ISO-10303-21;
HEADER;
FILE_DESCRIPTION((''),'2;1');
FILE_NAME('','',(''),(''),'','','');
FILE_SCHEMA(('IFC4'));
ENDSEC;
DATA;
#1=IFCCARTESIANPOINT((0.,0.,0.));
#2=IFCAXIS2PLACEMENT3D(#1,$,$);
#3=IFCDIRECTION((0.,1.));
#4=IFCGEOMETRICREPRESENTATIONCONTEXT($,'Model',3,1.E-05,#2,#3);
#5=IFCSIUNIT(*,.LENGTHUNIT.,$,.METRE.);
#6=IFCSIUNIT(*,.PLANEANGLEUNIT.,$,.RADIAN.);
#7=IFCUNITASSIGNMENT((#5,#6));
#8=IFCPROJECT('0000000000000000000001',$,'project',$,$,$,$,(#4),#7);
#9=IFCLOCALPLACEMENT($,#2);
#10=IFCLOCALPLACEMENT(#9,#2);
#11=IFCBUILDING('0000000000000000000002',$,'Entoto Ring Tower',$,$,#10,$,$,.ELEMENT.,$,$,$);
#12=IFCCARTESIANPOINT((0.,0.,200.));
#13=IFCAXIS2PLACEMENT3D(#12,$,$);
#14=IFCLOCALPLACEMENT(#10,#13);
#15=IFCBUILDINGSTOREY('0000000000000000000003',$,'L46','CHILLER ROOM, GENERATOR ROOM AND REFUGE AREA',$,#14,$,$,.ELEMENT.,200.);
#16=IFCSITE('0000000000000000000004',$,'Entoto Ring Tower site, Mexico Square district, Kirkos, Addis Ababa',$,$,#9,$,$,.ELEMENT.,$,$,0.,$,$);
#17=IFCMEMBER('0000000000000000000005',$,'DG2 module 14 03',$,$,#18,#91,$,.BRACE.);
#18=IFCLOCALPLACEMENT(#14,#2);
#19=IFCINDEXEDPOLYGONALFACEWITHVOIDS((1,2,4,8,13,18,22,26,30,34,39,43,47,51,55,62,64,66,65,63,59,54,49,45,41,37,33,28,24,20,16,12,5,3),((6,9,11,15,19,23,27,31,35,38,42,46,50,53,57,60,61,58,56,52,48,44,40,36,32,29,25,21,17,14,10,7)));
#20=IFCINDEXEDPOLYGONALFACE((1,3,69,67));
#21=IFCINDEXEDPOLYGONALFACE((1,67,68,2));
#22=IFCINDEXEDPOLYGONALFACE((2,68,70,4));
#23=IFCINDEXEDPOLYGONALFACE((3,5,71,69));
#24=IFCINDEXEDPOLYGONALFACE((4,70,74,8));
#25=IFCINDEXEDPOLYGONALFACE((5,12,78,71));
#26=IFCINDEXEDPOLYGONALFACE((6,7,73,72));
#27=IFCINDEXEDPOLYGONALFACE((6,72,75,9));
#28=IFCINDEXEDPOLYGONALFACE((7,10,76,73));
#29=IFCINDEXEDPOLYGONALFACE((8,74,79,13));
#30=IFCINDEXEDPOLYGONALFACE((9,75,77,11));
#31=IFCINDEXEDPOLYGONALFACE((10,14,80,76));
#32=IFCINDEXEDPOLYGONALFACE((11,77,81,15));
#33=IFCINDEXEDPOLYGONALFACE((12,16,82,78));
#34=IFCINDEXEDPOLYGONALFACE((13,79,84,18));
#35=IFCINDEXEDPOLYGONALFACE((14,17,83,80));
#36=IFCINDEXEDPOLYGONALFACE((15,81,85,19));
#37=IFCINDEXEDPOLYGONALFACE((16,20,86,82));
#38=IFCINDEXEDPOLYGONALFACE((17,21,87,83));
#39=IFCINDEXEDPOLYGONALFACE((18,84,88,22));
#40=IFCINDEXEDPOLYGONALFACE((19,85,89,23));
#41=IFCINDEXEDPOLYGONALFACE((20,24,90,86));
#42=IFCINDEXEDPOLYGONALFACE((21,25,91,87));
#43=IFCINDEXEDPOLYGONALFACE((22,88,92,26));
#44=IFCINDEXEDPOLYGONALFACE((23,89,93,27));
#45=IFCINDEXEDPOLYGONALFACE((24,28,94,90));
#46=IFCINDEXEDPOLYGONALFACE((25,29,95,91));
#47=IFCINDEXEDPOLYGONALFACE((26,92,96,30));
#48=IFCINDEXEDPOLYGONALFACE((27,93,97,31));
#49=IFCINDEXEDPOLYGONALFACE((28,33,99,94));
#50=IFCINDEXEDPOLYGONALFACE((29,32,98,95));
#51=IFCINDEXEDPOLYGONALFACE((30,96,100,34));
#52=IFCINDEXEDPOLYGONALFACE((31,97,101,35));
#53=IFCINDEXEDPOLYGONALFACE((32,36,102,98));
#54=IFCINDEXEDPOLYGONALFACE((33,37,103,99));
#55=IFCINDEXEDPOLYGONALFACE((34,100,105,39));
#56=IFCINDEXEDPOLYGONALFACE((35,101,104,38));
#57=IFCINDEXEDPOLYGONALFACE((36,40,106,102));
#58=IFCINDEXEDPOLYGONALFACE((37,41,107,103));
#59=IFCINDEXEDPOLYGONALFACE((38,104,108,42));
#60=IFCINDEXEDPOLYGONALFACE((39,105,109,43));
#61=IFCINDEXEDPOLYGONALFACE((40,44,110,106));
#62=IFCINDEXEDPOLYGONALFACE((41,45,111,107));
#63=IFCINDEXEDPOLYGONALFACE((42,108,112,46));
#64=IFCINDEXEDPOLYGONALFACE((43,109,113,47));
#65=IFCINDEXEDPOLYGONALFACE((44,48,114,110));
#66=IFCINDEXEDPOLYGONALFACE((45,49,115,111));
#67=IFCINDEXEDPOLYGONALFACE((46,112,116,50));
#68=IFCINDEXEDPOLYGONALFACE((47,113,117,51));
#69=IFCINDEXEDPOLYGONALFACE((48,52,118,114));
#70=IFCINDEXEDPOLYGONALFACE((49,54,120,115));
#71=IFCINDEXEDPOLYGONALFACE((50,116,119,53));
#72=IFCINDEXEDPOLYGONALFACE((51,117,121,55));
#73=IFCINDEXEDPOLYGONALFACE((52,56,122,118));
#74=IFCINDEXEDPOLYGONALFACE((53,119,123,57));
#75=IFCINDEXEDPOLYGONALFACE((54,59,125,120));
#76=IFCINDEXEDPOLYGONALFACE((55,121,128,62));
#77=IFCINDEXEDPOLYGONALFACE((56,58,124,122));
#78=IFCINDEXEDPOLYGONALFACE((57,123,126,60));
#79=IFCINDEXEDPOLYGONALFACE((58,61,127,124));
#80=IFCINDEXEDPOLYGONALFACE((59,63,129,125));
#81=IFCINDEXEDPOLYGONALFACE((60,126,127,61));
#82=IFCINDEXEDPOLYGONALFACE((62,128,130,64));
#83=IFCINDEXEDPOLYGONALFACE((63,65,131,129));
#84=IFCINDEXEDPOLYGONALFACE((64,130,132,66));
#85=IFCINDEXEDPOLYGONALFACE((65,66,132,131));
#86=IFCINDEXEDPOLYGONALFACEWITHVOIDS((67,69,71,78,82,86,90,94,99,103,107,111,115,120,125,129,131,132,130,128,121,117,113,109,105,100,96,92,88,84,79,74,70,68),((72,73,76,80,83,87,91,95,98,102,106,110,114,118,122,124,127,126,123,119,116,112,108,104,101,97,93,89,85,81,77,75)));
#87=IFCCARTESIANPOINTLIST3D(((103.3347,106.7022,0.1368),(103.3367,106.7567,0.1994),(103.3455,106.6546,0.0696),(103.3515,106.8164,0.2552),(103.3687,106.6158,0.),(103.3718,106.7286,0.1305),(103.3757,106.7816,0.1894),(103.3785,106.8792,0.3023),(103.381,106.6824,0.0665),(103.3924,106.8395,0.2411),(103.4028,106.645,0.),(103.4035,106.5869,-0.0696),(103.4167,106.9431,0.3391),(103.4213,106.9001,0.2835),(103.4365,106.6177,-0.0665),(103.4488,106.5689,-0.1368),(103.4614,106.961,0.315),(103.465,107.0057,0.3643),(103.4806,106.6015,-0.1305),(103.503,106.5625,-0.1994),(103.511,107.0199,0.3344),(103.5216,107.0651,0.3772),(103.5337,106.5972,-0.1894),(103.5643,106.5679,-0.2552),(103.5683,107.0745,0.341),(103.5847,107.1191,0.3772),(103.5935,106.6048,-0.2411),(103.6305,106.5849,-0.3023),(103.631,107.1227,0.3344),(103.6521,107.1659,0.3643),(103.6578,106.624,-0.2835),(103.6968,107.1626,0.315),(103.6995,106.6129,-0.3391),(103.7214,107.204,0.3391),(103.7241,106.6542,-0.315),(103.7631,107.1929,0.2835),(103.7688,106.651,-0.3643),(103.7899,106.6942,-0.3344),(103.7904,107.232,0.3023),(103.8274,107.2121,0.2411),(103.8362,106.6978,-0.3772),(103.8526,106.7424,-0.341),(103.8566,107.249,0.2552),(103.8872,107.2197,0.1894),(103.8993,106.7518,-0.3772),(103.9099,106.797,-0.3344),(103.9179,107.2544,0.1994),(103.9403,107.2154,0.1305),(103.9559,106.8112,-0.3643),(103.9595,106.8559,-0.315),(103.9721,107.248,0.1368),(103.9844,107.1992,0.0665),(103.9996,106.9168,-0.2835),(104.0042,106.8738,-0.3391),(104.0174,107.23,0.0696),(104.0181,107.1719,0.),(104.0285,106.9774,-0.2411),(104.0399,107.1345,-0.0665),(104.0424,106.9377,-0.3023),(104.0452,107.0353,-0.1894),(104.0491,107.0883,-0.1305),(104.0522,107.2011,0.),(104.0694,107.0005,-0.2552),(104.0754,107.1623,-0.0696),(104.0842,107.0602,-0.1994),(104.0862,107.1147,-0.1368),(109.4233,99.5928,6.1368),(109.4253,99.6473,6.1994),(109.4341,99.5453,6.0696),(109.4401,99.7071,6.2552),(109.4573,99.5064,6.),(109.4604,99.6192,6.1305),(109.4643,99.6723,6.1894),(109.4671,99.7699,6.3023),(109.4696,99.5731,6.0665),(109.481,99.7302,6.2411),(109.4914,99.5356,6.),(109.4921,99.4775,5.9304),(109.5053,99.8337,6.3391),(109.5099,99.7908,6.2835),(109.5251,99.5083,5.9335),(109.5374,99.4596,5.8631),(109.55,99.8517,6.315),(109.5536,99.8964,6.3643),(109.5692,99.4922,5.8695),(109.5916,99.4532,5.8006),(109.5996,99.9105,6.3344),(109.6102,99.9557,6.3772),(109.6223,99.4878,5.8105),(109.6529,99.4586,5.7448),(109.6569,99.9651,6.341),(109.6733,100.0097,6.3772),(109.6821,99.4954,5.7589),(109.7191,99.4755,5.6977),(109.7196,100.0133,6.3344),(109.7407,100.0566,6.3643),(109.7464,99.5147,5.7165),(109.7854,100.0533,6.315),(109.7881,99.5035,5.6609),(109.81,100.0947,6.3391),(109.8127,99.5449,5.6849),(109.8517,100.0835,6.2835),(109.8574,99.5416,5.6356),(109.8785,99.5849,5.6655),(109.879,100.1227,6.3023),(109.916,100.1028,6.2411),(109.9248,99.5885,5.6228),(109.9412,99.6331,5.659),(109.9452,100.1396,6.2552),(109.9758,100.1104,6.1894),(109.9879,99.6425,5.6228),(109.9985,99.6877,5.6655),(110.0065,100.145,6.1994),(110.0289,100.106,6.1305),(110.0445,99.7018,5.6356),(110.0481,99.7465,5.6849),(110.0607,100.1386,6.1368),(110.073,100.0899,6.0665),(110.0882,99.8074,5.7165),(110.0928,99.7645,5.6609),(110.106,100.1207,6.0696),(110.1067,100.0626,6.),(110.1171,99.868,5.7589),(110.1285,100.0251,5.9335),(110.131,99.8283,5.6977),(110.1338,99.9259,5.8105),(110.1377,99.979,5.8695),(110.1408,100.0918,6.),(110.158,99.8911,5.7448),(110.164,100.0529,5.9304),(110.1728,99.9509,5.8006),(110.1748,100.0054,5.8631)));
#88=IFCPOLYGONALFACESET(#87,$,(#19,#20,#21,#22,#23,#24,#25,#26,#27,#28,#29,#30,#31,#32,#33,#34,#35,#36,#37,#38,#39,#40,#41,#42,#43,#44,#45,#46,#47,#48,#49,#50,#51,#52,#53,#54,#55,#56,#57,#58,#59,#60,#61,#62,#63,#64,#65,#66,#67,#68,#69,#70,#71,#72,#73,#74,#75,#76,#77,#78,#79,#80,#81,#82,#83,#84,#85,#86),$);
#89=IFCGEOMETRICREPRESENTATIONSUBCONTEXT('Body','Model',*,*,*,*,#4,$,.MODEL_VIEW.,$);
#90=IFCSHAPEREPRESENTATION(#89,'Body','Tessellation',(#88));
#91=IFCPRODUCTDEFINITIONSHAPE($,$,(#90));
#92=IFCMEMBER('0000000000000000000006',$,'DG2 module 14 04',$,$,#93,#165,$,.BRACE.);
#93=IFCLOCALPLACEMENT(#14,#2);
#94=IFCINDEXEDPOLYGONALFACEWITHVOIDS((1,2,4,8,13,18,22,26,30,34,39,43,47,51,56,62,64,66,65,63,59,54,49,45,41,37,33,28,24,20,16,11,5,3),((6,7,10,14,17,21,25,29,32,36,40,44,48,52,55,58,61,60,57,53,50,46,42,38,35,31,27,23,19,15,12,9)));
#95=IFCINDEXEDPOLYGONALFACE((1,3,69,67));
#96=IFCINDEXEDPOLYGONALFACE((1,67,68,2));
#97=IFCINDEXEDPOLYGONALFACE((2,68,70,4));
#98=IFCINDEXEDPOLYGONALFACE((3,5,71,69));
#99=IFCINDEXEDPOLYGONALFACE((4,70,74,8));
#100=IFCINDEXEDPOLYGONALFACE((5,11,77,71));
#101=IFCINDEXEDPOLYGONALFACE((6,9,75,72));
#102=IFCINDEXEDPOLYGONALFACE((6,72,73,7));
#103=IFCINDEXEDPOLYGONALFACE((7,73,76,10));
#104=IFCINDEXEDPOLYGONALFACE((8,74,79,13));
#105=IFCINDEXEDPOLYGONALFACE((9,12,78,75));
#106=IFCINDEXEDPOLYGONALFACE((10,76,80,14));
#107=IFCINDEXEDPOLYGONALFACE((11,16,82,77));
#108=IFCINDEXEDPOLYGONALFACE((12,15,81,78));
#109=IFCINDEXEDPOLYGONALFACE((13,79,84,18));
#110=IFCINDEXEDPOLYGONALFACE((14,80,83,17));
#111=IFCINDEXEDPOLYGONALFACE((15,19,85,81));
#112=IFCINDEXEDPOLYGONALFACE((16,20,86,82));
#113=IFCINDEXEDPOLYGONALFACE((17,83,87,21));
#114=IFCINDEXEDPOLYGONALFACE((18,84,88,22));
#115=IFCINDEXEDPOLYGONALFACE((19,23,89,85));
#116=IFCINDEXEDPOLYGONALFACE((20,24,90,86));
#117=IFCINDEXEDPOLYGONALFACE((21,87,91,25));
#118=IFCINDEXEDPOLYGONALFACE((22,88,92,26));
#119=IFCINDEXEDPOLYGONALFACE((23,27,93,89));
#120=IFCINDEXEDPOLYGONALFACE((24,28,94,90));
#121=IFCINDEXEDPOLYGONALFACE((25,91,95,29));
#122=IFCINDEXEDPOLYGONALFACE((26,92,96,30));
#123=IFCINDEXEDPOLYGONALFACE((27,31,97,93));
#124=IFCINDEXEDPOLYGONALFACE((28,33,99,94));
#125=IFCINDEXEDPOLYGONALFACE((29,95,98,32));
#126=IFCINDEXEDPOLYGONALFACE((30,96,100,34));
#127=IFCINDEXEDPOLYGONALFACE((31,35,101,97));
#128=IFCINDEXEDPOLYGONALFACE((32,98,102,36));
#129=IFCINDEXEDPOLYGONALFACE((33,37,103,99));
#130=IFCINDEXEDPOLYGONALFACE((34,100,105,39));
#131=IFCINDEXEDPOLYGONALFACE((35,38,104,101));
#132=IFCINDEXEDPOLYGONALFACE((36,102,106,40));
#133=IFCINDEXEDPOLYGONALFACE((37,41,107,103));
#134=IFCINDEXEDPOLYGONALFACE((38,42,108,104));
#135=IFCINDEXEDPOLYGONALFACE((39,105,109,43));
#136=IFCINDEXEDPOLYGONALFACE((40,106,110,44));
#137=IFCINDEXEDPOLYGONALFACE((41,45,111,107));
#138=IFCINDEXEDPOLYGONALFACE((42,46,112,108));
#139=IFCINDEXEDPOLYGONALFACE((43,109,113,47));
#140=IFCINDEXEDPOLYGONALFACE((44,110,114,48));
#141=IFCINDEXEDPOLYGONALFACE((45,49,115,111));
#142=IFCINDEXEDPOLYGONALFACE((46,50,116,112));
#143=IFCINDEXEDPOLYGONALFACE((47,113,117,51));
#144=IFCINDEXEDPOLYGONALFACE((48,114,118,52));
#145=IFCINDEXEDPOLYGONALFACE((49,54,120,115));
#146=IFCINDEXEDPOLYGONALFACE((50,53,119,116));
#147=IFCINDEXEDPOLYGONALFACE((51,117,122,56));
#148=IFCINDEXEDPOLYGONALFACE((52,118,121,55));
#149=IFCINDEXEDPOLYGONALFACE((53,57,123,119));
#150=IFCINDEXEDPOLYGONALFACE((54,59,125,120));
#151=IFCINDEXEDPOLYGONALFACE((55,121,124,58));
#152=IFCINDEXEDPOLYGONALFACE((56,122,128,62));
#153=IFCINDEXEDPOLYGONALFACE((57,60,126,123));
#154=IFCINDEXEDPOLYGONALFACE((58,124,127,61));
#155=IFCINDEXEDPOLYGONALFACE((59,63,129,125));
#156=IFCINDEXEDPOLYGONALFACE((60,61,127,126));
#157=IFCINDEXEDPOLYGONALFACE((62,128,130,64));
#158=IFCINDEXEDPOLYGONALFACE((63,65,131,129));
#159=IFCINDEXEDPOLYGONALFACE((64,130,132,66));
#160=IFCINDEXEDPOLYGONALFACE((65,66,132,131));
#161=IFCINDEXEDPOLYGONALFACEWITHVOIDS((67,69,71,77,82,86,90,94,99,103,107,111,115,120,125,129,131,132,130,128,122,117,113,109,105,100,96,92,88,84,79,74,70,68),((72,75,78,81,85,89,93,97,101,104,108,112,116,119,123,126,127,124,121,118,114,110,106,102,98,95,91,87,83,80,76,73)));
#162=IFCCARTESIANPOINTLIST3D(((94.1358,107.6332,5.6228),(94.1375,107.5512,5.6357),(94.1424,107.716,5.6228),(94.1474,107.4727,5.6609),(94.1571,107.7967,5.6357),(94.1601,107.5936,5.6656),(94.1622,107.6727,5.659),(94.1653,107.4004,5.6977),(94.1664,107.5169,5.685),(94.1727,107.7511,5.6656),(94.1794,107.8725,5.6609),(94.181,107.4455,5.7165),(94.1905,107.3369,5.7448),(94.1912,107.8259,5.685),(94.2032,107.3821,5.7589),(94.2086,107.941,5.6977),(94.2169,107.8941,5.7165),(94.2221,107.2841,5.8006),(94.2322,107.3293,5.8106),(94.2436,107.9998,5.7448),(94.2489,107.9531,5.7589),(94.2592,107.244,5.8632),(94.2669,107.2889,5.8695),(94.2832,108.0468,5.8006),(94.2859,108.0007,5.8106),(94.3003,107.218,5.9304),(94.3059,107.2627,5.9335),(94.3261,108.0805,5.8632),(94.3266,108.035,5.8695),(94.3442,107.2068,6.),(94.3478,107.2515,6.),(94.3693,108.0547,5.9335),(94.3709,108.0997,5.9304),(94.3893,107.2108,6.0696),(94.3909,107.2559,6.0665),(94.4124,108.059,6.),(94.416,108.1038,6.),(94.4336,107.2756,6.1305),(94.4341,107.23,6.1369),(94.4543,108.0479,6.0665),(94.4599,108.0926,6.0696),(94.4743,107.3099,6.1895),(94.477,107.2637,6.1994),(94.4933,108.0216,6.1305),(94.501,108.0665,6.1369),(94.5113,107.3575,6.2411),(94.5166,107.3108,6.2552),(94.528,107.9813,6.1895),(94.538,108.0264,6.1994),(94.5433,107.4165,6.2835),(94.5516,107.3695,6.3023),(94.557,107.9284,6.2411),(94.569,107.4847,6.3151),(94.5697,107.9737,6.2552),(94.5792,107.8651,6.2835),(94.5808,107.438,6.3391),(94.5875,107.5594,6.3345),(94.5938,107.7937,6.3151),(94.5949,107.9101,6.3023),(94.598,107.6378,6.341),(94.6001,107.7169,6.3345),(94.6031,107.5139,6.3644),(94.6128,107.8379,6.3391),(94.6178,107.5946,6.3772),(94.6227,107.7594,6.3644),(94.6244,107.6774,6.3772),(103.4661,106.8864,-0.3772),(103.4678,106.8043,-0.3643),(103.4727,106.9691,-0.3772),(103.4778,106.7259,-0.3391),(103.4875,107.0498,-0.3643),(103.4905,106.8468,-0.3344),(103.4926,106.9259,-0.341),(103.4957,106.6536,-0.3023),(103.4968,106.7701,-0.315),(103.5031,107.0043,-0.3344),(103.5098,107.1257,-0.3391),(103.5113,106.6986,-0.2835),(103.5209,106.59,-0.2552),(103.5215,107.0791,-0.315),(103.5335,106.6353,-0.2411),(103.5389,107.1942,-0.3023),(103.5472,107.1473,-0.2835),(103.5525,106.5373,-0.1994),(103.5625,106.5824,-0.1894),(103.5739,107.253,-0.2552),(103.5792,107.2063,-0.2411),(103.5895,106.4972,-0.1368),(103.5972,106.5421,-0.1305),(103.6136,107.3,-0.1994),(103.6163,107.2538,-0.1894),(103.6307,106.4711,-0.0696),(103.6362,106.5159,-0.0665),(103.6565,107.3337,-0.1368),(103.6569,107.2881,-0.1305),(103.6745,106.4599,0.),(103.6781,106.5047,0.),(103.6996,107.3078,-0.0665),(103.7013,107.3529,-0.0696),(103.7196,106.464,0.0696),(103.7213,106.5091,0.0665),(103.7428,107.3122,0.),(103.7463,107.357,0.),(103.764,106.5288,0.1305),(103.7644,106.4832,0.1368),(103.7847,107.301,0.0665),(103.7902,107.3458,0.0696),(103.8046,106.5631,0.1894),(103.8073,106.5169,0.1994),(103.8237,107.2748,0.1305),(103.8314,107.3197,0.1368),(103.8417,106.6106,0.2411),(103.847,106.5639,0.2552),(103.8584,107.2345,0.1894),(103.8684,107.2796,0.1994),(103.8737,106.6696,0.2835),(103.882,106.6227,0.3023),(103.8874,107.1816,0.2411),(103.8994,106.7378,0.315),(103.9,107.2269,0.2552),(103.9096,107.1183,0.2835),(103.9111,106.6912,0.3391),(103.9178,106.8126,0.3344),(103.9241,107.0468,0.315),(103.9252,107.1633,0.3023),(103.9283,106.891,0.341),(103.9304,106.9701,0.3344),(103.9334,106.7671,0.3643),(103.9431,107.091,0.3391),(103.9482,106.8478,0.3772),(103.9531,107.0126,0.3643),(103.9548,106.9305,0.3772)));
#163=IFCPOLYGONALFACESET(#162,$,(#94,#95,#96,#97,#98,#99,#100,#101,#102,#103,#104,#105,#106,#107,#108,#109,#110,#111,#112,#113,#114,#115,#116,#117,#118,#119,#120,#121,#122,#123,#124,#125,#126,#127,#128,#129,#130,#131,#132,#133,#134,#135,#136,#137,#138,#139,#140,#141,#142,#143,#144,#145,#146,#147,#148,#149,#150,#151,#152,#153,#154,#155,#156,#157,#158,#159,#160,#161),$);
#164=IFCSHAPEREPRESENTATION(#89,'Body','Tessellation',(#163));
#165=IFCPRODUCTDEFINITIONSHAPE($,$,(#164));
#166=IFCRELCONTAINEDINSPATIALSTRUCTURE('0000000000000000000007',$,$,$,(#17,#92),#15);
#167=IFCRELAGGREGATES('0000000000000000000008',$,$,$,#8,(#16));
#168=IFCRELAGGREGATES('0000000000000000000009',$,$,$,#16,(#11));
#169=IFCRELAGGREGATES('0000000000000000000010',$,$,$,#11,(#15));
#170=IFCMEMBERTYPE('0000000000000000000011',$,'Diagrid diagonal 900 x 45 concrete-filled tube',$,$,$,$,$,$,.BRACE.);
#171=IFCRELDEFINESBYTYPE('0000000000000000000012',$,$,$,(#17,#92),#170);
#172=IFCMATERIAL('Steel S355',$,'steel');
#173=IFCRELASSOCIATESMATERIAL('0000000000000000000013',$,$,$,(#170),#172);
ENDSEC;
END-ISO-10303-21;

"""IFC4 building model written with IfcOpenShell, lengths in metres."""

from ifc_helpers import new_model, si_unit, direction, frame, origin, origin_2d, place, context, subcontext, project, spatial, circle, hollow_circle, extrude, material, material_profile, profile_set, type_object, element, save


model = new_model("IFC4")

# Units and contexts
model_context = context("Model", 3, precision=1e-05, world=origin(), true_north=direction((0.0, 1.0)))
body_context = subcontext(model_context, "Body", "Model", "MODEL_VIEW")
ifc_project = project(units=[si_unit("LENGTHUNIT", "METRE"), si_unit("PLANEANGLEUNIT", "RADIAN")], contexts=[model_context])

# Site, building, storey
site_placement = place(None, origin())
site = spatial("IfcSite", under=ifc_project, at=site_placement, Name="Entoto Ring Tower site, Mexico Square district, Kirkos, Addis Ababa", CompositionType="ELEMENT", RefElevation=0.0)
building_placement = place(site_placement, origin())
building = spatial("IfcBuilding", under=site, at=building_placement, Name="Entoto Ring Tower", CompositionType="ELEMENT")
storey_placement = place(building_placement, frame((0.0, 0.0, 200.0)))
storey = spatial("IfcBuildingStorey", under=building, at=storey_placement, Name="L46", Description="CHILLER ROOM, GENERATOR ROOM AND REFUGE AREA", CompositionType="ELEMENT", Elevation=200.0)

# Members
ifc_material_1 = material(Name="Steel S355", Category="steel")
ifc_material_profile_1 = material_profile(ifc_material_1, hollow_circle(Radius=0.45, WallThickness=0.0449, at=origin_2d()), Name="CHS 900 x 45")
ifc_material_2 = material(Name="Concrete C60/75", Category="concrete")
ifc_material_profile_2 = material_profile(ifc_material_2, circle(Radius=0.405, at=origin_2d()), Name="Concrete C60/75 infill")
ifc_profile_set_1 = profile_set([ifc_material_profile_1, ifc_material_profile_2], Name="Steel S355")
member_type_1 = type_object("IfcMemberType", Name="Diagrid diagonal 900 x 45 concrete-filled tube", PredefinedType="BRACE", material=ifc_profile_set_1)
for number, where, z_axis, x_axis, name in (
    (1, (103.7104, 106.9084, 0.0), (0.547626, -0.639435, 0.539655), (0.759527, 0.650476, 0.0), "DG2 module 14 03"),
    (2, (103.7104, 106.9084, 0.0), (-0.839199, 0.067172, 0.539659), (-0.079788, -0.996812, 0.0), "DG2 module 14 04"),
):
    element("IfcMember", number, at=place(storey_placement, frame(where, z_axis=z_axis, x_axis=x_axis)), inside=storey, type_object=member_type_1, Name=name, PredefinedType="BRACE", context=body_context, shape_type="SweptSolid", body=[
        extrude(hollow_circle(Radius=0.45, WallThickness=0.0449, at=origin_2d()), origin(), (0.0, 0.0, 1.0), 11.1182),
    ])

save(model, "model.ifc")
